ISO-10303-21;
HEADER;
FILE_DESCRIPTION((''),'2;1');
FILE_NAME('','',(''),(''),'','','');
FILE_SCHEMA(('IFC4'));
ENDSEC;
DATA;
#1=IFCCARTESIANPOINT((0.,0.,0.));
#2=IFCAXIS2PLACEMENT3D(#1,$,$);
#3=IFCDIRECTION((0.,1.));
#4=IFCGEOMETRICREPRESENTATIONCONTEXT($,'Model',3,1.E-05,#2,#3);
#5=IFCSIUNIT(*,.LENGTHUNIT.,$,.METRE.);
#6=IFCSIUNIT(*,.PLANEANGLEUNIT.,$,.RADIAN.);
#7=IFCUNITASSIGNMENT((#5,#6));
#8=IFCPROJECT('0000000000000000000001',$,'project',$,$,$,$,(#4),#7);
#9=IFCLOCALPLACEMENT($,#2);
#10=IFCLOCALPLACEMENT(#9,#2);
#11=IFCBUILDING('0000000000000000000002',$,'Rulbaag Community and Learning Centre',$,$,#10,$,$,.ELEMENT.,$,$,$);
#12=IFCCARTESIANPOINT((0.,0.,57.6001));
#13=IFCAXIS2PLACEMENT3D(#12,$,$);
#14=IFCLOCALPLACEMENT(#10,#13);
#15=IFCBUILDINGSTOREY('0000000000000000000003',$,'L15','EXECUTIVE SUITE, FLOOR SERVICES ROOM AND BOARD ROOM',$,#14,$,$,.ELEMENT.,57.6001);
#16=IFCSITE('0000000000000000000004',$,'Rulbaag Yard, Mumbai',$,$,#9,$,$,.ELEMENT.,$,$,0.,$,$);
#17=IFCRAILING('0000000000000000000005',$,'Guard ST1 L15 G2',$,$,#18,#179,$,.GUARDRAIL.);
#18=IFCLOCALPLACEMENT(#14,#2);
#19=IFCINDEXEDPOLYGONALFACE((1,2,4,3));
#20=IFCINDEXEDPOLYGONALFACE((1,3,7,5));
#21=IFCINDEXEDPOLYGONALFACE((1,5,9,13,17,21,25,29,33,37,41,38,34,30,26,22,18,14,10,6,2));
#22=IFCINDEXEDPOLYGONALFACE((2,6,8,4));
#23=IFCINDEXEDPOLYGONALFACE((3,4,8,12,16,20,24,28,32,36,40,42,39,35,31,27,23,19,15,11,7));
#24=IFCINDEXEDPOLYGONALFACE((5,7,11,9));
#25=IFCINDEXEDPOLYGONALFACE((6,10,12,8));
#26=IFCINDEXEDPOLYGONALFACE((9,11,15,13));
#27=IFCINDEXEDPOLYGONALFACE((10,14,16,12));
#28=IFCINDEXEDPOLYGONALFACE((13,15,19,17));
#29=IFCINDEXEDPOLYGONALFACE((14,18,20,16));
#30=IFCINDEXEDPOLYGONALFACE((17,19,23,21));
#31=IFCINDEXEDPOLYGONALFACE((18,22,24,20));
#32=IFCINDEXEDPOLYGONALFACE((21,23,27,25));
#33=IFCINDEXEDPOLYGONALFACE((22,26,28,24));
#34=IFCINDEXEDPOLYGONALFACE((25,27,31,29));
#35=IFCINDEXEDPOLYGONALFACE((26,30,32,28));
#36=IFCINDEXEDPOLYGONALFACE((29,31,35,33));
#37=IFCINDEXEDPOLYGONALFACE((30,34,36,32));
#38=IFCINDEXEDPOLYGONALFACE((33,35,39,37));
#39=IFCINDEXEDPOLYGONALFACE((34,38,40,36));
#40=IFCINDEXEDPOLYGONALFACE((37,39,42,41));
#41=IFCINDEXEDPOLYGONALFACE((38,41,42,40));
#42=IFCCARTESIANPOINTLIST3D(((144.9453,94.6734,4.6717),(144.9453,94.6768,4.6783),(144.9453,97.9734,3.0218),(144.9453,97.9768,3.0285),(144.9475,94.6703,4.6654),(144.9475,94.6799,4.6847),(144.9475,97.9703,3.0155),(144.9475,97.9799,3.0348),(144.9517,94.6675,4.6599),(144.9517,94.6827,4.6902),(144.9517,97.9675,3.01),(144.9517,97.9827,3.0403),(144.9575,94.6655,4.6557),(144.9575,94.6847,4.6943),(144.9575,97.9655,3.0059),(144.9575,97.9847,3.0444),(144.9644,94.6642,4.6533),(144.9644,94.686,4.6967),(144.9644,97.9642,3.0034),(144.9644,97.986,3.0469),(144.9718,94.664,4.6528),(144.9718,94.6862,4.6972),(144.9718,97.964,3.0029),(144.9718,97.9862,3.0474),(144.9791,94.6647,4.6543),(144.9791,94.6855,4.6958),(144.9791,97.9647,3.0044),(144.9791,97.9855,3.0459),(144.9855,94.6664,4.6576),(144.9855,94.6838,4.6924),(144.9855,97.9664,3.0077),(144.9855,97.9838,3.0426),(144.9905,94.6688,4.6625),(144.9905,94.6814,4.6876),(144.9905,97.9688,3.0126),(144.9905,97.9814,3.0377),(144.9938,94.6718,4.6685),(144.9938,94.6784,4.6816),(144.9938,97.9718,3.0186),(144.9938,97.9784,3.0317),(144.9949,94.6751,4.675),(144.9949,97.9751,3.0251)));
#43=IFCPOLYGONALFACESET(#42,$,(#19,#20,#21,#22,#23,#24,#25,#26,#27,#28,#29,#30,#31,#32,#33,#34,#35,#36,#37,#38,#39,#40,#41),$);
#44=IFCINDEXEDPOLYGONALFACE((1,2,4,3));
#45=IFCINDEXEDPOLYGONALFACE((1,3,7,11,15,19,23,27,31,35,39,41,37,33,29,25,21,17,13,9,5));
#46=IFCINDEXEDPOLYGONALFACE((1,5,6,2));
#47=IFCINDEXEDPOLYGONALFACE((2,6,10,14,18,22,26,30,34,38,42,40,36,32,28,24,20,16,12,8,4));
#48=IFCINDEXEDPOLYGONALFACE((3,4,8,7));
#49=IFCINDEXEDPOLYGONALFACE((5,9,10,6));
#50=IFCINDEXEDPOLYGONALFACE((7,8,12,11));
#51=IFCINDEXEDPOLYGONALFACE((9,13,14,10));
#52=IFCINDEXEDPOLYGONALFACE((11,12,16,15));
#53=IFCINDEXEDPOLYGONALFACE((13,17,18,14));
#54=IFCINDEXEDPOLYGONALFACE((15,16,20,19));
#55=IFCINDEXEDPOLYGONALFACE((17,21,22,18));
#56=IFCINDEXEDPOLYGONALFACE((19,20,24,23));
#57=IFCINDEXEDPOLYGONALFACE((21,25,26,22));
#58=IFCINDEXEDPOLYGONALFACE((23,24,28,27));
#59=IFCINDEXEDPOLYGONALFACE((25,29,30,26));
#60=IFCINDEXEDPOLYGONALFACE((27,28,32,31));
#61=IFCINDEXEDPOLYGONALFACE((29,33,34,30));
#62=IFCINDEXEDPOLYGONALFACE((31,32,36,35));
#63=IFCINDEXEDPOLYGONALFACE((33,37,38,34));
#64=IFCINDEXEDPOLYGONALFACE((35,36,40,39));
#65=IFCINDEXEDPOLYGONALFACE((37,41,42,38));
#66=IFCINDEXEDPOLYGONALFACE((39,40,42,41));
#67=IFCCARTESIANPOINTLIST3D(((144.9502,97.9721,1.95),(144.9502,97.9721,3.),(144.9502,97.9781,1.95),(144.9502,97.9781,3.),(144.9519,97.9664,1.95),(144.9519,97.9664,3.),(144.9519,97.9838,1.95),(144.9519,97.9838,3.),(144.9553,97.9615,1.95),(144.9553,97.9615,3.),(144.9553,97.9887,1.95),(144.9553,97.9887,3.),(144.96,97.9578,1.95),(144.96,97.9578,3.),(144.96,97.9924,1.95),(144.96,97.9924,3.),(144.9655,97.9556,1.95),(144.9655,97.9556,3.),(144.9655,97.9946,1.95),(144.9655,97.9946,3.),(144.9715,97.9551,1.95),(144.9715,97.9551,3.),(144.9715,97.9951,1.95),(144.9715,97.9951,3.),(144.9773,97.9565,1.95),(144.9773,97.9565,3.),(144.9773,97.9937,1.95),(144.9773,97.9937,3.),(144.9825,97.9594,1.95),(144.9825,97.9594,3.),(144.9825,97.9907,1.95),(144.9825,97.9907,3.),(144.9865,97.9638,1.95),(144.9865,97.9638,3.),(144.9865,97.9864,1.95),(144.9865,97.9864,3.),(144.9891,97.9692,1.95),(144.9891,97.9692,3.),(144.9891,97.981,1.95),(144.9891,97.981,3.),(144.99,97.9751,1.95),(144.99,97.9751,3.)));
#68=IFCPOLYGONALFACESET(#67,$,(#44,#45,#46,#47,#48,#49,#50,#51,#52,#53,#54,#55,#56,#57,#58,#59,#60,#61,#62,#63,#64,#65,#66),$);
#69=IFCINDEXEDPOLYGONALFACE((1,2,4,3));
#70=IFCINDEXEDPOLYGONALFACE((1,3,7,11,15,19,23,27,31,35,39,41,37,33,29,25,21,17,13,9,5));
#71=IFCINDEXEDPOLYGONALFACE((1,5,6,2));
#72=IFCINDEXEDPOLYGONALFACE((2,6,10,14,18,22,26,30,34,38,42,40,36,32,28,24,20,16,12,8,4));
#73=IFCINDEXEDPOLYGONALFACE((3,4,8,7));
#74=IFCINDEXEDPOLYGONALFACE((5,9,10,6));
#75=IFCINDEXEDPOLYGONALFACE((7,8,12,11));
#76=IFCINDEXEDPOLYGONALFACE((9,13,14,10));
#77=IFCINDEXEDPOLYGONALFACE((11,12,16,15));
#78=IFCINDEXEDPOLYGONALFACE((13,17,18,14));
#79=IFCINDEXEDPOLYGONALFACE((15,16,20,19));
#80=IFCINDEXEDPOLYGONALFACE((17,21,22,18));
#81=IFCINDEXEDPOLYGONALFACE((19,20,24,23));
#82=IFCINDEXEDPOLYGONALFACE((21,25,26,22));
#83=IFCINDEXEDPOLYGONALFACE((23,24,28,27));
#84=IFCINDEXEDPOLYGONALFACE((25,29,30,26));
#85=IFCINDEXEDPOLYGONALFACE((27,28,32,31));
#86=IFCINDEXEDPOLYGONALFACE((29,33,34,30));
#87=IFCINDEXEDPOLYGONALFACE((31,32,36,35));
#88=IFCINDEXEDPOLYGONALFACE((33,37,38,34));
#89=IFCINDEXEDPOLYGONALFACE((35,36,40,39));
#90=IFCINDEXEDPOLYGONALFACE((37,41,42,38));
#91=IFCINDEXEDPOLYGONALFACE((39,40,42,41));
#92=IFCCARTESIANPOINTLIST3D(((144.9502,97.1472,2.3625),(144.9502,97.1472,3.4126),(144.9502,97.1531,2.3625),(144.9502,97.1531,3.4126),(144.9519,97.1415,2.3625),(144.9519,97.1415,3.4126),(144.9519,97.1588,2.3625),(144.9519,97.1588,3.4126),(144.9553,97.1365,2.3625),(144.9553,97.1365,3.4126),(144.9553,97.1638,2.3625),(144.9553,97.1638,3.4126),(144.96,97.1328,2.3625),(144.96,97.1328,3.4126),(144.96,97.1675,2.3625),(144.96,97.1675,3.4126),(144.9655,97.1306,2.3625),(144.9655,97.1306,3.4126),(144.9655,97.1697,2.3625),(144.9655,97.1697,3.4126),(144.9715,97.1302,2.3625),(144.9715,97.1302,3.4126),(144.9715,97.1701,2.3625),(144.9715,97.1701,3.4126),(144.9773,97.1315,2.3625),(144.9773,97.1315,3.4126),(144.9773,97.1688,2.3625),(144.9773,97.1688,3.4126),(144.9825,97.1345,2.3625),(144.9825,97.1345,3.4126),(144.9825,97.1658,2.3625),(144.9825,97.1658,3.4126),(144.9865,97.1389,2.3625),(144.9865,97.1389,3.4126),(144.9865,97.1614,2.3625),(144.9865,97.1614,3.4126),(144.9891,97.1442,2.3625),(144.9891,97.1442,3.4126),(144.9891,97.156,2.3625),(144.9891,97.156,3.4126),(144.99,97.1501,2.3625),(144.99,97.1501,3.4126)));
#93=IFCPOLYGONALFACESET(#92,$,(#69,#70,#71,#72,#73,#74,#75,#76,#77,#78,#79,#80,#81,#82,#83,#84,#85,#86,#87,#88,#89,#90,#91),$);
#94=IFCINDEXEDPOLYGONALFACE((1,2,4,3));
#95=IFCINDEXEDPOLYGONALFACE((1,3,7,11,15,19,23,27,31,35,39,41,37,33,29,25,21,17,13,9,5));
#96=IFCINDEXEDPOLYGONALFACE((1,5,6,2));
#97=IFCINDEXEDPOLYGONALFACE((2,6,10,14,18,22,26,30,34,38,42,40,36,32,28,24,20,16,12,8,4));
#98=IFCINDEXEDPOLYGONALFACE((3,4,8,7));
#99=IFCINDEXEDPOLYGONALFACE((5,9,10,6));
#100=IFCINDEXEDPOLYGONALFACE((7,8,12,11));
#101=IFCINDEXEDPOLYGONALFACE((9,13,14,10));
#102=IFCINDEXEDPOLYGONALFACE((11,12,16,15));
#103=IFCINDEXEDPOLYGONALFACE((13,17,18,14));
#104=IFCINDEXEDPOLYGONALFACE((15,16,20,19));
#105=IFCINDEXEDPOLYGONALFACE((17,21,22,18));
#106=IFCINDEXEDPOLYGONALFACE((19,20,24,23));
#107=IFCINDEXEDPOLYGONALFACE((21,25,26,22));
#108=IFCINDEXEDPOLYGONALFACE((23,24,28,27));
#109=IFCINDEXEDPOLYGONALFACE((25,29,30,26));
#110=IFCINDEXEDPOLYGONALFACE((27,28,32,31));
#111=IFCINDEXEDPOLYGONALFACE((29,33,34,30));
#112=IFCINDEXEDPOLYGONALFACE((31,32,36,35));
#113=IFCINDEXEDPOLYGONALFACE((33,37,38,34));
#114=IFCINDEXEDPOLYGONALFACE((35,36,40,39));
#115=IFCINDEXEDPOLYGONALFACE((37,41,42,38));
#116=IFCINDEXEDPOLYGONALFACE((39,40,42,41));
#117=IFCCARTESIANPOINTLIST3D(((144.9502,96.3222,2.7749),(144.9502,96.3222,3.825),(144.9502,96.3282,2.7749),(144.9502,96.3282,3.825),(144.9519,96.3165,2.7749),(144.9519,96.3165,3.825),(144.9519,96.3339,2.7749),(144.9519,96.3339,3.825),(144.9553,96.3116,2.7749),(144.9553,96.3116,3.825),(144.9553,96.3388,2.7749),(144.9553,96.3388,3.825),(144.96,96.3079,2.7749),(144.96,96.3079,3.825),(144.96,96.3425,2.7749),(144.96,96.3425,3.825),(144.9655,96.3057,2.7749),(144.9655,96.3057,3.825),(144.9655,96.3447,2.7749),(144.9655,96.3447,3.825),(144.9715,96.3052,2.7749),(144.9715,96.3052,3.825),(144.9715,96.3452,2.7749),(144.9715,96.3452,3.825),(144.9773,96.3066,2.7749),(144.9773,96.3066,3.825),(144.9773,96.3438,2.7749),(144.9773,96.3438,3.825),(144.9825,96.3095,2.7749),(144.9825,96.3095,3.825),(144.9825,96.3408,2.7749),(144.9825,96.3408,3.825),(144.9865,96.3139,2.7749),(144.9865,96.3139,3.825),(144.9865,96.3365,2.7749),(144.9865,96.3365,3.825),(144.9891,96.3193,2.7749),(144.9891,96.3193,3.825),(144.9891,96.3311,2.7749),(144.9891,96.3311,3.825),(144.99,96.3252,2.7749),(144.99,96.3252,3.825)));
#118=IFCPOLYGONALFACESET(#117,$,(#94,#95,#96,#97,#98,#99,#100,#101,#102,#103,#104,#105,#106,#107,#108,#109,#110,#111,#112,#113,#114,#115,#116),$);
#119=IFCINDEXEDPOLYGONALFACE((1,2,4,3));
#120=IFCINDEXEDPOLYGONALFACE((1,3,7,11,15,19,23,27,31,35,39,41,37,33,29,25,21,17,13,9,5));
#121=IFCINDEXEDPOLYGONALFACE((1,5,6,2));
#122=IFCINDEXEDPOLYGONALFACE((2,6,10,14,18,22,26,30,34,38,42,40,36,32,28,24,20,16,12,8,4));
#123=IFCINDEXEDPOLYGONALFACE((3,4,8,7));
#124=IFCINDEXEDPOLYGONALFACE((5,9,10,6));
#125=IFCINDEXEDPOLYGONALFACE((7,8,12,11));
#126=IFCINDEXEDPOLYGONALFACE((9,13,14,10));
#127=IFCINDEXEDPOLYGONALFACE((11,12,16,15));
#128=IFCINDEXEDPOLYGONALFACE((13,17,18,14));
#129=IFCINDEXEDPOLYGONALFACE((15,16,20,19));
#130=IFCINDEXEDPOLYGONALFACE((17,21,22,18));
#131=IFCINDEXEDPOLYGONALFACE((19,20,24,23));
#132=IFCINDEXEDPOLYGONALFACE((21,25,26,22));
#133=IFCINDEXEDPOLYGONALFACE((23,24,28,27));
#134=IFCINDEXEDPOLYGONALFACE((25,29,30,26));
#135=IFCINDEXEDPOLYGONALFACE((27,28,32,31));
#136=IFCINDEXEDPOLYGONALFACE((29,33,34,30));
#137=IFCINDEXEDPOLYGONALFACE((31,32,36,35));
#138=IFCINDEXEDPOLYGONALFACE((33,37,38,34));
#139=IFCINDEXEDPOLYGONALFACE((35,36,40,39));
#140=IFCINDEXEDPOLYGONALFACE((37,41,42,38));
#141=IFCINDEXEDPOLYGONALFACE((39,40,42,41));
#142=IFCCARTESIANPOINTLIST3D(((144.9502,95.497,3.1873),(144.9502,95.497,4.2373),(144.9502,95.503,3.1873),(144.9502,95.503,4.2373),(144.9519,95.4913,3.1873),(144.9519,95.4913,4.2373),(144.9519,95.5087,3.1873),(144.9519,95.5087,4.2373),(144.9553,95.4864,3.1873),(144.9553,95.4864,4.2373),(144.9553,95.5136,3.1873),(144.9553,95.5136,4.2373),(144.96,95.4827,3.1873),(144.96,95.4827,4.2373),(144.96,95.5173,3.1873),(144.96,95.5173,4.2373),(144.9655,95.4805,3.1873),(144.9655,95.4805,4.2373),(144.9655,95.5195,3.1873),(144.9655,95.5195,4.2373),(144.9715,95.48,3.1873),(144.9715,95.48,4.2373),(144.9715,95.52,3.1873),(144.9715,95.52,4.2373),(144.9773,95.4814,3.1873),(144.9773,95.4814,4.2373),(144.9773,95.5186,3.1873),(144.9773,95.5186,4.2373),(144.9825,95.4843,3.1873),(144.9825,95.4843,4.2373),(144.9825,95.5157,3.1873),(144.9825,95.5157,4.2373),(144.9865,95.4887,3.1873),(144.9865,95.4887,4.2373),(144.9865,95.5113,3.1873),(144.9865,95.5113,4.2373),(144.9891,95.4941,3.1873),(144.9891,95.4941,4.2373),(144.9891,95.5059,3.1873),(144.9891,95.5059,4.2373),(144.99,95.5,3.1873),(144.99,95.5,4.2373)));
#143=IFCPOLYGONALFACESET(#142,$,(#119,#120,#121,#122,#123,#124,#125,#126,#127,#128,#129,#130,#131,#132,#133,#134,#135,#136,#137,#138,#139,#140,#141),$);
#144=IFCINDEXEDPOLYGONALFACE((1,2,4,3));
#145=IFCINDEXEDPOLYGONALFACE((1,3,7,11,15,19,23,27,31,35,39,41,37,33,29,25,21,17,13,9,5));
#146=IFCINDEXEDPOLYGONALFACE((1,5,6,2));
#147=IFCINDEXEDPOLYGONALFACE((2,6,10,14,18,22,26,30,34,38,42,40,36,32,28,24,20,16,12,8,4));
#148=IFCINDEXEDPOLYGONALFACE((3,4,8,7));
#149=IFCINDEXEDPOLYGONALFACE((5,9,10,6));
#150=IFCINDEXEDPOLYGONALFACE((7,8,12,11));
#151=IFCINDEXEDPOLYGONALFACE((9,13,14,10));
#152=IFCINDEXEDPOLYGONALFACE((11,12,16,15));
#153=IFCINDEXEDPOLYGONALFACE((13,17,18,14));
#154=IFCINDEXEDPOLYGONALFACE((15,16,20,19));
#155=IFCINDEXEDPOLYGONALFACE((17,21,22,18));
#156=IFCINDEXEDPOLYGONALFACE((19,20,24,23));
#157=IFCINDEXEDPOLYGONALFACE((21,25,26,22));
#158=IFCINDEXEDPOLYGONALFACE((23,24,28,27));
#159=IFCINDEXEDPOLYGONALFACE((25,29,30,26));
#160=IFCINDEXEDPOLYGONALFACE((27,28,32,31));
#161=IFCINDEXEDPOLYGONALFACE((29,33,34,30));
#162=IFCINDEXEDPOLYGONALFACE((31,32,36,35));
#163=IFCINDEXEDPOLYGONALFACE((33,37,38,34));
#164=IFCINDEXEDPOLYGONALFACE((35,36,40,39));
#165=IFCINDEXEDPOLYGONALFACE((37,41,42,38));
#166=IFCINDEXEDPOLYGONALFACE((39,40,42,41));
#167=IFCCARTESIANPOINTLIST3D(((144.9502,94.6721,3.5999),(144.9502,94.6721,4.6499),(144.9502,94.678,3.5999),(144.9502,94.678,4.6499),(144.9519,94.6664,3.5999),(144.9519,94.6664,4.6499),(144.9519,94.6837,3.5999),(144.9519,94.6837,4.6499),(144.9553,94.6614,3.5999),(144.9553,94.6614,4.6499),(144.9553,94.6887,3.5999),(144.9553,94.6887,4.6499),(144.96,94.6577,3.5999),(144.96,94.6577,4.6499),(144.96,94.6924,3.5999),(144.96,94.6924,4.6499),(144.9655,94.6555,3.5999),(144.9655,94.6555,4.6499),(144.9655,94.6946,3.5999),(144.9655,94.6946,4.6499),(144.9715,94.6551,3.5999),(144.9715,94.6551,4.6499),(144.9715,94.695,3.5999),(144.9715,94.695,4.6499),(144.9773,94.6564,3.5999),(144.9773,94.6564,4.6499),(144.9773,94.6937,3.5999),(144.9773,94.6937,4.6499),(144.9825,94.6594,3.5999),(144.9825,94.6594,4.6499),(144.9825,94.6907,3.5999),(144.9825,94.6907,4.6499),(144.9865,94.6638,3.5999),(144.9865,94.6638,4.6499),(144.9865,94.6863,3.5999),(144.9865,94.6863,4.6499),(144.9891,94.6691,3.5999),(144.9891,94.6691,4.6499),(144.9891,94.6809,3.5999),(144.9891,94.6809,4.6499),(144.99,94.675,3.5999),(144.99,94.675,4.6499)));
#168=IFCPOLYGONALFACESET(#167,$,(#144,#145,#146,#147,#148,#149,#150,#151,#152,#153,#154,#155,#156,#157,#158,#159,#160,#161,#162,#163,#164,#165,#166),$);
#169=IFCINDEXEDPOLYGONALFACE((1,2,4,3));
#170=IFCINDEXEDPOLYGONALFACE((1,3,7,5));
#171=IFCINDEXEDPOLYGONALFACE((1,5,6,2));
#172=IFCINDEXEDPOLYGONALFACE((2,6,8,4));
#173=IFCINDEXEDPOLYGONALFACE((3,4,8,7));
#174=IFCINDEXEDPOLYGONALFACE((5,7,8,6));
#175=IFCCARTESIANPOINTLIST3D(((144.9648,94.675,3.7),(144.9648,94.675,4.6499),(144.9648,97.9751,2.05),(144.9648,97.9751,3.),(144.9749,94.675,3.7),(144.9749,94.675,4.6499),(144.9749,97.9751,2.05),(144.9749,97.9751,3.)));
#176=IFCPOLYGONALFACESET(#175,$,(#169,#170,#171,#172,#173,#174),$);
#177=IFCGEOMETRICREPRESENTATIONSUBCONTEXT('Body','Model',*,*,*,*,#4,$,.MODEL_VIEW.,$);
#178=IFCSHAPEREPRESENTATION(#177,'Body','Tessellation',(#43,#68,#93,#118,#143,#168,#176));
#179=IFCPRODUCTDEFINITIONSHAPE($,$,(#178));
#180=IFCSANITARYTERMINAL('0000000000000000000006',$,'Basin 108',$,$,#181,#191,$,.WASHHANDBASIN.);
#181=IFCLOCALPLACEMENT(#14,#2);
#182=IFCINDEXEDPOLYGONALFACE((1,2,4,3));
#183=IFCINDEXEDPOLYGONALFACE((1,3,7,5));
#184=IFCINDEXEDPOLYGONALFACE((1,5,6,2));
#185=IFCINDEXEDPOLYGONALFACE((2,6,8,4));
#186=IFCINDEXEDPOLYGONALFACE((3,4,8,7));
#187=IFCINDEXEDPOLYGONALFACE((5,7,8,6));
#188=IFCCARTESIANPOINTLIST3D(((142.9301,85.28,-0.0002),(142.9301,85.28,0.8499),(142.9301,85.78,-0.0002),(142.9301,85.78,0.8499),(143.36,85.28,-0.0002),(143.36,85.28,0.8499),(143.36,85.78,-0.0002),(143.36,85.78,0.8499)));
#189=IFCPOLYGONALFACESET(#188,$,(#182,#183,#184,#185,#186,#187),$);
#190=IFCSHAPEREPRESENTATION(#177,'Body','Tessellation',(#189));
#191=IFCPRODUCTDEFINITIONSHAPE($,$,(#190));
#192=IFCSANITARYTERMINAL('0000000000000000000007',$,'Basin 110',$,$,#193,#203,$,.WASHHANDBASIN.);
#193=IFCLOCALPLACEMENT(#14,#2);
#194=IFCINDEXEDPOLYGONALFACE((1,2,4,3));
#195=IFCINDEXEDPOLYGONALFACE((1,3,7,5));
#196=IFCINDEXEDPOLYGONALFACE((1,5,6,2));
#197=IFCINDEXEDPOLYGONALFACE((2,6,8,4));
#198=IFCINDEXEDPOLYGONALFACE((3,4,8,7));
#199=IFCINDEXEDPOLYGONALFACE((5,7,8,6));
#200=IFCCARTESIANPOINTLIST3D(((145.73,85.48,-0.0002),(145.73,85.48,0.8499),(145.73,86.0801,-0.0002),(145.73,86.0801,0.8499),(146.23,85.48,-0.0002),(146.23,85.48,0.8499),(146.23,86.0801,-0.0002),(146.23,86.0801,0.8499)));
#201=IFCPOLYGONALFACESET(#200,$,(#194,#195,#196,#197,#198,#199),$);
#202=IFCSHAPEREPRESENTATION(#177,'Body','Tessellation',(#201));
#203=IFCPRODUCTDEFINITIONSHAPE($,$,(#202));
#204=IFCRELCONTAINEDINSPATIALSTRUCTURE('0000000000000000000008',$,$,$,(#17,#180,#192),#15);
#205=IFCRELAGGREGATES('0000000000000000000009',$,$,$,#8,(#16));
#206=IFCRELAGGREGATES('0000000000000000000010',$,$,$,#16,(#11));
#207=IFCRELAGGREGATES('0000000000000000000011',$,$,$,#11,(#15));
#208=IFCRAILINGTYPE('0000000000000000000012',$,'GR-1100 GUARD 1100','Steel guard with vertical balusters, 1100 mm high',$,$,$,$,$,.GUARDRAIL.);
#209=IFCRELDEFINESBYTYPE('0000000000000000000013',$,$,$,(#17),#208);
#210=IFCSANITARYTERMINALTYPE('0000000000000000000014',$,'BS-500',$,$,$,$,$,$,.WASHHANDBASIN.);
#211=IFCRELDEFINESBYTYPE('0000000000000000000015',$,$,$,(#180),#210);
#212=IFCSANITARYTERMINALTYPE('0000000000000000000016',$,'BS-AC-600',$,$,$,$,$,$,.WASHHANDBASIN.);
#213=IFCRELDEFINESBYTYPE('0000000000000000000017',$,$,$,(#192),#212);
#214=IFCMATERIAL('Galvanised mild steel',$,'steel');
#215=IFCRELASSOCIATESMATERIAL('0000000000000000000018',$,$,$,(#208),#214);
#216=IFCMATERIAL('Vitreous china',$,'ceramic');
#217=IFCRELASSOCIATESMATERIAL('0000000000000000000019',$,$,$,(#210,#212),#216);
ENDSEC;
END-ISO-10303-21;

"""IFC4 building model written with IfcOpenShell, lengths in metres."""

from ifc_helpers import new_model, si_unit, direction, frame, origin, origin_2d, place, context, subcontext, project, spatial, polyline, rectangle, circle, outline, extrude, material, type_object, element, save


model = new_model("IFC4")

# Units and contexts
model_context = context("Model", 3, precision=1e-05, world=origin(), true_north=direction((0.0, 1.0)))
body_context = subcontext(model_context, "Body", "Model", "MODEL_VIEW")
ifc_project = project(units=[si_unit("LENGTHUNIT", "METRE"), si_unit("PLANEANGLEUNIT", "RADIAN")], contexts=[model_context])

# Site, building, storey
site_placement = place(None, origin())
site = spatial("IfcSite", under=ifc_project, at=site_placement, Name="Rulbaag Yard, Mumbai", CompositionType="ELEMENT", RefElevation=0.0)
building_placement = place(site_placement, origin())
building = spatial("IfcBuilding", under=site, at=building_placement, Name="Rulbaag Community and Learning Centre", CompositionType="ELEMENT")
storey_placement = place(building_placement, frame((0.0, 0.0, 57.6001)))
storey = spatial("IfcBuildingStorey", under=building, at=storey_placement, Name="L15", Description="EXECUTIVE SUITE, FLOOR SERVICES ROOM AND BOARD ROOM", CompositionType="ELEMENT", Elevation=57.6001)

# Railing
ifc_material_1 = material(Name="Galvanised mild steel", Category="steel")
railing_type_1 = type_object("IfcRailingType", Name="GR-1100 GUARD 1100", Description="Steel guard with vertical balusters, 1100 mm high", PredefinedType="GUARDRAIL", material=ifc_material_1)
railing_1_placement = place(storey_placement, frame((144.97, 97.9751, 1.95)))
element("IfcRailing", 1, at=railing_1_placement, inside=storey, type_object=railing_type_1, Name="Guard ST1 L15 G2", PredefinedType="GUARDRAIL", context=body_context, shape_type="SweptSolid", body=[
    extrude(circle(Radius=0.0249, at=origin_2d()), frame((0.0, 0.0, 1.0752), z_axis=(0.0, -0.89444, 0.447187), x_axis=(1.0, 0.0, 0.0)), (0.0, 0.0, 1.0), 3.6895),
    extrude(circle(Radius=0.02, at=origin_2d()), origin(), (0.0, 0.0, 1.0), 1.05),
    extrude(circle(Radius=0.02, at=origin_2d()), frame((0.0, -0.825, 0.4126)), (0.0, 0.0, 1.0), 1.05),
    extrude(circle(Radius=0.02, at=origin_2d()), frame((0.0, -1.6499, 0.825)), (0.0, 0.0, 1.0), 1.05),
    extrude(circle(Radius=0.02, at=origin_2d()), frame((0.0, -2.4751, 1.2373)), (0.0, 0.0, 1.0), 1.05),
    extrude(circle(Radius=0.02, at=origin_2d()), frame((0.0, -3.3, 1.6499)), (0.0, 0.0, 1.0), 1.05),
    extrude(outline(polyline([(0.0, 0.0), (3.3, 1.6499), (3.3, 2.5999), (0.0, 0.95), (0.0, 0.0)])), frame((0.0049, 0.0, 0.1001), z_axis=(-1.0, 0.0, 0.0), x_axis=(0.0, -1.0, 0.0)), (0.0, 0.0, 1.0), 0.01),
])

# Sanitary terminals
ifc_material_2 = material(Name="Vitreous china", Category="ceramic")
sanitary_terminal_type_1 = type_object("IfcSanitaryTerminalType", Name="BS-500", PredefinedType="WASHHANDBASIN", material=ifc_material_2)
sanitary_terminal_1_placement = place(storey_placement, frame((143.145, 85.53, -0.0002), z_axis=(0.0, 0.0, 1.0), x_axis=(1.0, 0.0, 0.0)))
element("IfcSanitaryTerminal", 2, at=sanitary_terminal_1_placement, inside=storey, type_object=sanitary_terminal_type_1, Name="Basin 108", PredefinedType="WASHHANDBASIN", context=body_context, shape_type="SweptSolid", body=[
    extrude(rectangle(XDim=0.4299, YDim=0.5, at=origin_2d()), origin(), (0.0, 0.0, 1.0), 0.8501),
])
sanitary_terminal_type_2 = type_object("IfcSanitaryTerminalType", Name="BS-AC-600", PredefinedType="WASHHANDBASIN", material=ifc_material_2)
sanitary_terminal_2_placement = place(storey_placement, frame((145.98, 85.78, -0.0002), z_axis=(0.0, 0.0, 1.0), x_axis=(1.0, 0.0, 0.0)))
element("IfcSanitaryTerminal", 3, at=sanitary_terminal_2_placement, inside=storey, type_object=sanitary_terminal_type_2, Name="Basin 110", PredefinedType="WASHHANDBASIN", context=body_context, shape_type="SweptSolid", body=[
    extrude(rectangle(XDim=0.5, YDim=0.6001, at=origin_2d()), origin(), (0.0, 0.0, 1.0), 0.8501),
])

save(model, "model.ifc")
